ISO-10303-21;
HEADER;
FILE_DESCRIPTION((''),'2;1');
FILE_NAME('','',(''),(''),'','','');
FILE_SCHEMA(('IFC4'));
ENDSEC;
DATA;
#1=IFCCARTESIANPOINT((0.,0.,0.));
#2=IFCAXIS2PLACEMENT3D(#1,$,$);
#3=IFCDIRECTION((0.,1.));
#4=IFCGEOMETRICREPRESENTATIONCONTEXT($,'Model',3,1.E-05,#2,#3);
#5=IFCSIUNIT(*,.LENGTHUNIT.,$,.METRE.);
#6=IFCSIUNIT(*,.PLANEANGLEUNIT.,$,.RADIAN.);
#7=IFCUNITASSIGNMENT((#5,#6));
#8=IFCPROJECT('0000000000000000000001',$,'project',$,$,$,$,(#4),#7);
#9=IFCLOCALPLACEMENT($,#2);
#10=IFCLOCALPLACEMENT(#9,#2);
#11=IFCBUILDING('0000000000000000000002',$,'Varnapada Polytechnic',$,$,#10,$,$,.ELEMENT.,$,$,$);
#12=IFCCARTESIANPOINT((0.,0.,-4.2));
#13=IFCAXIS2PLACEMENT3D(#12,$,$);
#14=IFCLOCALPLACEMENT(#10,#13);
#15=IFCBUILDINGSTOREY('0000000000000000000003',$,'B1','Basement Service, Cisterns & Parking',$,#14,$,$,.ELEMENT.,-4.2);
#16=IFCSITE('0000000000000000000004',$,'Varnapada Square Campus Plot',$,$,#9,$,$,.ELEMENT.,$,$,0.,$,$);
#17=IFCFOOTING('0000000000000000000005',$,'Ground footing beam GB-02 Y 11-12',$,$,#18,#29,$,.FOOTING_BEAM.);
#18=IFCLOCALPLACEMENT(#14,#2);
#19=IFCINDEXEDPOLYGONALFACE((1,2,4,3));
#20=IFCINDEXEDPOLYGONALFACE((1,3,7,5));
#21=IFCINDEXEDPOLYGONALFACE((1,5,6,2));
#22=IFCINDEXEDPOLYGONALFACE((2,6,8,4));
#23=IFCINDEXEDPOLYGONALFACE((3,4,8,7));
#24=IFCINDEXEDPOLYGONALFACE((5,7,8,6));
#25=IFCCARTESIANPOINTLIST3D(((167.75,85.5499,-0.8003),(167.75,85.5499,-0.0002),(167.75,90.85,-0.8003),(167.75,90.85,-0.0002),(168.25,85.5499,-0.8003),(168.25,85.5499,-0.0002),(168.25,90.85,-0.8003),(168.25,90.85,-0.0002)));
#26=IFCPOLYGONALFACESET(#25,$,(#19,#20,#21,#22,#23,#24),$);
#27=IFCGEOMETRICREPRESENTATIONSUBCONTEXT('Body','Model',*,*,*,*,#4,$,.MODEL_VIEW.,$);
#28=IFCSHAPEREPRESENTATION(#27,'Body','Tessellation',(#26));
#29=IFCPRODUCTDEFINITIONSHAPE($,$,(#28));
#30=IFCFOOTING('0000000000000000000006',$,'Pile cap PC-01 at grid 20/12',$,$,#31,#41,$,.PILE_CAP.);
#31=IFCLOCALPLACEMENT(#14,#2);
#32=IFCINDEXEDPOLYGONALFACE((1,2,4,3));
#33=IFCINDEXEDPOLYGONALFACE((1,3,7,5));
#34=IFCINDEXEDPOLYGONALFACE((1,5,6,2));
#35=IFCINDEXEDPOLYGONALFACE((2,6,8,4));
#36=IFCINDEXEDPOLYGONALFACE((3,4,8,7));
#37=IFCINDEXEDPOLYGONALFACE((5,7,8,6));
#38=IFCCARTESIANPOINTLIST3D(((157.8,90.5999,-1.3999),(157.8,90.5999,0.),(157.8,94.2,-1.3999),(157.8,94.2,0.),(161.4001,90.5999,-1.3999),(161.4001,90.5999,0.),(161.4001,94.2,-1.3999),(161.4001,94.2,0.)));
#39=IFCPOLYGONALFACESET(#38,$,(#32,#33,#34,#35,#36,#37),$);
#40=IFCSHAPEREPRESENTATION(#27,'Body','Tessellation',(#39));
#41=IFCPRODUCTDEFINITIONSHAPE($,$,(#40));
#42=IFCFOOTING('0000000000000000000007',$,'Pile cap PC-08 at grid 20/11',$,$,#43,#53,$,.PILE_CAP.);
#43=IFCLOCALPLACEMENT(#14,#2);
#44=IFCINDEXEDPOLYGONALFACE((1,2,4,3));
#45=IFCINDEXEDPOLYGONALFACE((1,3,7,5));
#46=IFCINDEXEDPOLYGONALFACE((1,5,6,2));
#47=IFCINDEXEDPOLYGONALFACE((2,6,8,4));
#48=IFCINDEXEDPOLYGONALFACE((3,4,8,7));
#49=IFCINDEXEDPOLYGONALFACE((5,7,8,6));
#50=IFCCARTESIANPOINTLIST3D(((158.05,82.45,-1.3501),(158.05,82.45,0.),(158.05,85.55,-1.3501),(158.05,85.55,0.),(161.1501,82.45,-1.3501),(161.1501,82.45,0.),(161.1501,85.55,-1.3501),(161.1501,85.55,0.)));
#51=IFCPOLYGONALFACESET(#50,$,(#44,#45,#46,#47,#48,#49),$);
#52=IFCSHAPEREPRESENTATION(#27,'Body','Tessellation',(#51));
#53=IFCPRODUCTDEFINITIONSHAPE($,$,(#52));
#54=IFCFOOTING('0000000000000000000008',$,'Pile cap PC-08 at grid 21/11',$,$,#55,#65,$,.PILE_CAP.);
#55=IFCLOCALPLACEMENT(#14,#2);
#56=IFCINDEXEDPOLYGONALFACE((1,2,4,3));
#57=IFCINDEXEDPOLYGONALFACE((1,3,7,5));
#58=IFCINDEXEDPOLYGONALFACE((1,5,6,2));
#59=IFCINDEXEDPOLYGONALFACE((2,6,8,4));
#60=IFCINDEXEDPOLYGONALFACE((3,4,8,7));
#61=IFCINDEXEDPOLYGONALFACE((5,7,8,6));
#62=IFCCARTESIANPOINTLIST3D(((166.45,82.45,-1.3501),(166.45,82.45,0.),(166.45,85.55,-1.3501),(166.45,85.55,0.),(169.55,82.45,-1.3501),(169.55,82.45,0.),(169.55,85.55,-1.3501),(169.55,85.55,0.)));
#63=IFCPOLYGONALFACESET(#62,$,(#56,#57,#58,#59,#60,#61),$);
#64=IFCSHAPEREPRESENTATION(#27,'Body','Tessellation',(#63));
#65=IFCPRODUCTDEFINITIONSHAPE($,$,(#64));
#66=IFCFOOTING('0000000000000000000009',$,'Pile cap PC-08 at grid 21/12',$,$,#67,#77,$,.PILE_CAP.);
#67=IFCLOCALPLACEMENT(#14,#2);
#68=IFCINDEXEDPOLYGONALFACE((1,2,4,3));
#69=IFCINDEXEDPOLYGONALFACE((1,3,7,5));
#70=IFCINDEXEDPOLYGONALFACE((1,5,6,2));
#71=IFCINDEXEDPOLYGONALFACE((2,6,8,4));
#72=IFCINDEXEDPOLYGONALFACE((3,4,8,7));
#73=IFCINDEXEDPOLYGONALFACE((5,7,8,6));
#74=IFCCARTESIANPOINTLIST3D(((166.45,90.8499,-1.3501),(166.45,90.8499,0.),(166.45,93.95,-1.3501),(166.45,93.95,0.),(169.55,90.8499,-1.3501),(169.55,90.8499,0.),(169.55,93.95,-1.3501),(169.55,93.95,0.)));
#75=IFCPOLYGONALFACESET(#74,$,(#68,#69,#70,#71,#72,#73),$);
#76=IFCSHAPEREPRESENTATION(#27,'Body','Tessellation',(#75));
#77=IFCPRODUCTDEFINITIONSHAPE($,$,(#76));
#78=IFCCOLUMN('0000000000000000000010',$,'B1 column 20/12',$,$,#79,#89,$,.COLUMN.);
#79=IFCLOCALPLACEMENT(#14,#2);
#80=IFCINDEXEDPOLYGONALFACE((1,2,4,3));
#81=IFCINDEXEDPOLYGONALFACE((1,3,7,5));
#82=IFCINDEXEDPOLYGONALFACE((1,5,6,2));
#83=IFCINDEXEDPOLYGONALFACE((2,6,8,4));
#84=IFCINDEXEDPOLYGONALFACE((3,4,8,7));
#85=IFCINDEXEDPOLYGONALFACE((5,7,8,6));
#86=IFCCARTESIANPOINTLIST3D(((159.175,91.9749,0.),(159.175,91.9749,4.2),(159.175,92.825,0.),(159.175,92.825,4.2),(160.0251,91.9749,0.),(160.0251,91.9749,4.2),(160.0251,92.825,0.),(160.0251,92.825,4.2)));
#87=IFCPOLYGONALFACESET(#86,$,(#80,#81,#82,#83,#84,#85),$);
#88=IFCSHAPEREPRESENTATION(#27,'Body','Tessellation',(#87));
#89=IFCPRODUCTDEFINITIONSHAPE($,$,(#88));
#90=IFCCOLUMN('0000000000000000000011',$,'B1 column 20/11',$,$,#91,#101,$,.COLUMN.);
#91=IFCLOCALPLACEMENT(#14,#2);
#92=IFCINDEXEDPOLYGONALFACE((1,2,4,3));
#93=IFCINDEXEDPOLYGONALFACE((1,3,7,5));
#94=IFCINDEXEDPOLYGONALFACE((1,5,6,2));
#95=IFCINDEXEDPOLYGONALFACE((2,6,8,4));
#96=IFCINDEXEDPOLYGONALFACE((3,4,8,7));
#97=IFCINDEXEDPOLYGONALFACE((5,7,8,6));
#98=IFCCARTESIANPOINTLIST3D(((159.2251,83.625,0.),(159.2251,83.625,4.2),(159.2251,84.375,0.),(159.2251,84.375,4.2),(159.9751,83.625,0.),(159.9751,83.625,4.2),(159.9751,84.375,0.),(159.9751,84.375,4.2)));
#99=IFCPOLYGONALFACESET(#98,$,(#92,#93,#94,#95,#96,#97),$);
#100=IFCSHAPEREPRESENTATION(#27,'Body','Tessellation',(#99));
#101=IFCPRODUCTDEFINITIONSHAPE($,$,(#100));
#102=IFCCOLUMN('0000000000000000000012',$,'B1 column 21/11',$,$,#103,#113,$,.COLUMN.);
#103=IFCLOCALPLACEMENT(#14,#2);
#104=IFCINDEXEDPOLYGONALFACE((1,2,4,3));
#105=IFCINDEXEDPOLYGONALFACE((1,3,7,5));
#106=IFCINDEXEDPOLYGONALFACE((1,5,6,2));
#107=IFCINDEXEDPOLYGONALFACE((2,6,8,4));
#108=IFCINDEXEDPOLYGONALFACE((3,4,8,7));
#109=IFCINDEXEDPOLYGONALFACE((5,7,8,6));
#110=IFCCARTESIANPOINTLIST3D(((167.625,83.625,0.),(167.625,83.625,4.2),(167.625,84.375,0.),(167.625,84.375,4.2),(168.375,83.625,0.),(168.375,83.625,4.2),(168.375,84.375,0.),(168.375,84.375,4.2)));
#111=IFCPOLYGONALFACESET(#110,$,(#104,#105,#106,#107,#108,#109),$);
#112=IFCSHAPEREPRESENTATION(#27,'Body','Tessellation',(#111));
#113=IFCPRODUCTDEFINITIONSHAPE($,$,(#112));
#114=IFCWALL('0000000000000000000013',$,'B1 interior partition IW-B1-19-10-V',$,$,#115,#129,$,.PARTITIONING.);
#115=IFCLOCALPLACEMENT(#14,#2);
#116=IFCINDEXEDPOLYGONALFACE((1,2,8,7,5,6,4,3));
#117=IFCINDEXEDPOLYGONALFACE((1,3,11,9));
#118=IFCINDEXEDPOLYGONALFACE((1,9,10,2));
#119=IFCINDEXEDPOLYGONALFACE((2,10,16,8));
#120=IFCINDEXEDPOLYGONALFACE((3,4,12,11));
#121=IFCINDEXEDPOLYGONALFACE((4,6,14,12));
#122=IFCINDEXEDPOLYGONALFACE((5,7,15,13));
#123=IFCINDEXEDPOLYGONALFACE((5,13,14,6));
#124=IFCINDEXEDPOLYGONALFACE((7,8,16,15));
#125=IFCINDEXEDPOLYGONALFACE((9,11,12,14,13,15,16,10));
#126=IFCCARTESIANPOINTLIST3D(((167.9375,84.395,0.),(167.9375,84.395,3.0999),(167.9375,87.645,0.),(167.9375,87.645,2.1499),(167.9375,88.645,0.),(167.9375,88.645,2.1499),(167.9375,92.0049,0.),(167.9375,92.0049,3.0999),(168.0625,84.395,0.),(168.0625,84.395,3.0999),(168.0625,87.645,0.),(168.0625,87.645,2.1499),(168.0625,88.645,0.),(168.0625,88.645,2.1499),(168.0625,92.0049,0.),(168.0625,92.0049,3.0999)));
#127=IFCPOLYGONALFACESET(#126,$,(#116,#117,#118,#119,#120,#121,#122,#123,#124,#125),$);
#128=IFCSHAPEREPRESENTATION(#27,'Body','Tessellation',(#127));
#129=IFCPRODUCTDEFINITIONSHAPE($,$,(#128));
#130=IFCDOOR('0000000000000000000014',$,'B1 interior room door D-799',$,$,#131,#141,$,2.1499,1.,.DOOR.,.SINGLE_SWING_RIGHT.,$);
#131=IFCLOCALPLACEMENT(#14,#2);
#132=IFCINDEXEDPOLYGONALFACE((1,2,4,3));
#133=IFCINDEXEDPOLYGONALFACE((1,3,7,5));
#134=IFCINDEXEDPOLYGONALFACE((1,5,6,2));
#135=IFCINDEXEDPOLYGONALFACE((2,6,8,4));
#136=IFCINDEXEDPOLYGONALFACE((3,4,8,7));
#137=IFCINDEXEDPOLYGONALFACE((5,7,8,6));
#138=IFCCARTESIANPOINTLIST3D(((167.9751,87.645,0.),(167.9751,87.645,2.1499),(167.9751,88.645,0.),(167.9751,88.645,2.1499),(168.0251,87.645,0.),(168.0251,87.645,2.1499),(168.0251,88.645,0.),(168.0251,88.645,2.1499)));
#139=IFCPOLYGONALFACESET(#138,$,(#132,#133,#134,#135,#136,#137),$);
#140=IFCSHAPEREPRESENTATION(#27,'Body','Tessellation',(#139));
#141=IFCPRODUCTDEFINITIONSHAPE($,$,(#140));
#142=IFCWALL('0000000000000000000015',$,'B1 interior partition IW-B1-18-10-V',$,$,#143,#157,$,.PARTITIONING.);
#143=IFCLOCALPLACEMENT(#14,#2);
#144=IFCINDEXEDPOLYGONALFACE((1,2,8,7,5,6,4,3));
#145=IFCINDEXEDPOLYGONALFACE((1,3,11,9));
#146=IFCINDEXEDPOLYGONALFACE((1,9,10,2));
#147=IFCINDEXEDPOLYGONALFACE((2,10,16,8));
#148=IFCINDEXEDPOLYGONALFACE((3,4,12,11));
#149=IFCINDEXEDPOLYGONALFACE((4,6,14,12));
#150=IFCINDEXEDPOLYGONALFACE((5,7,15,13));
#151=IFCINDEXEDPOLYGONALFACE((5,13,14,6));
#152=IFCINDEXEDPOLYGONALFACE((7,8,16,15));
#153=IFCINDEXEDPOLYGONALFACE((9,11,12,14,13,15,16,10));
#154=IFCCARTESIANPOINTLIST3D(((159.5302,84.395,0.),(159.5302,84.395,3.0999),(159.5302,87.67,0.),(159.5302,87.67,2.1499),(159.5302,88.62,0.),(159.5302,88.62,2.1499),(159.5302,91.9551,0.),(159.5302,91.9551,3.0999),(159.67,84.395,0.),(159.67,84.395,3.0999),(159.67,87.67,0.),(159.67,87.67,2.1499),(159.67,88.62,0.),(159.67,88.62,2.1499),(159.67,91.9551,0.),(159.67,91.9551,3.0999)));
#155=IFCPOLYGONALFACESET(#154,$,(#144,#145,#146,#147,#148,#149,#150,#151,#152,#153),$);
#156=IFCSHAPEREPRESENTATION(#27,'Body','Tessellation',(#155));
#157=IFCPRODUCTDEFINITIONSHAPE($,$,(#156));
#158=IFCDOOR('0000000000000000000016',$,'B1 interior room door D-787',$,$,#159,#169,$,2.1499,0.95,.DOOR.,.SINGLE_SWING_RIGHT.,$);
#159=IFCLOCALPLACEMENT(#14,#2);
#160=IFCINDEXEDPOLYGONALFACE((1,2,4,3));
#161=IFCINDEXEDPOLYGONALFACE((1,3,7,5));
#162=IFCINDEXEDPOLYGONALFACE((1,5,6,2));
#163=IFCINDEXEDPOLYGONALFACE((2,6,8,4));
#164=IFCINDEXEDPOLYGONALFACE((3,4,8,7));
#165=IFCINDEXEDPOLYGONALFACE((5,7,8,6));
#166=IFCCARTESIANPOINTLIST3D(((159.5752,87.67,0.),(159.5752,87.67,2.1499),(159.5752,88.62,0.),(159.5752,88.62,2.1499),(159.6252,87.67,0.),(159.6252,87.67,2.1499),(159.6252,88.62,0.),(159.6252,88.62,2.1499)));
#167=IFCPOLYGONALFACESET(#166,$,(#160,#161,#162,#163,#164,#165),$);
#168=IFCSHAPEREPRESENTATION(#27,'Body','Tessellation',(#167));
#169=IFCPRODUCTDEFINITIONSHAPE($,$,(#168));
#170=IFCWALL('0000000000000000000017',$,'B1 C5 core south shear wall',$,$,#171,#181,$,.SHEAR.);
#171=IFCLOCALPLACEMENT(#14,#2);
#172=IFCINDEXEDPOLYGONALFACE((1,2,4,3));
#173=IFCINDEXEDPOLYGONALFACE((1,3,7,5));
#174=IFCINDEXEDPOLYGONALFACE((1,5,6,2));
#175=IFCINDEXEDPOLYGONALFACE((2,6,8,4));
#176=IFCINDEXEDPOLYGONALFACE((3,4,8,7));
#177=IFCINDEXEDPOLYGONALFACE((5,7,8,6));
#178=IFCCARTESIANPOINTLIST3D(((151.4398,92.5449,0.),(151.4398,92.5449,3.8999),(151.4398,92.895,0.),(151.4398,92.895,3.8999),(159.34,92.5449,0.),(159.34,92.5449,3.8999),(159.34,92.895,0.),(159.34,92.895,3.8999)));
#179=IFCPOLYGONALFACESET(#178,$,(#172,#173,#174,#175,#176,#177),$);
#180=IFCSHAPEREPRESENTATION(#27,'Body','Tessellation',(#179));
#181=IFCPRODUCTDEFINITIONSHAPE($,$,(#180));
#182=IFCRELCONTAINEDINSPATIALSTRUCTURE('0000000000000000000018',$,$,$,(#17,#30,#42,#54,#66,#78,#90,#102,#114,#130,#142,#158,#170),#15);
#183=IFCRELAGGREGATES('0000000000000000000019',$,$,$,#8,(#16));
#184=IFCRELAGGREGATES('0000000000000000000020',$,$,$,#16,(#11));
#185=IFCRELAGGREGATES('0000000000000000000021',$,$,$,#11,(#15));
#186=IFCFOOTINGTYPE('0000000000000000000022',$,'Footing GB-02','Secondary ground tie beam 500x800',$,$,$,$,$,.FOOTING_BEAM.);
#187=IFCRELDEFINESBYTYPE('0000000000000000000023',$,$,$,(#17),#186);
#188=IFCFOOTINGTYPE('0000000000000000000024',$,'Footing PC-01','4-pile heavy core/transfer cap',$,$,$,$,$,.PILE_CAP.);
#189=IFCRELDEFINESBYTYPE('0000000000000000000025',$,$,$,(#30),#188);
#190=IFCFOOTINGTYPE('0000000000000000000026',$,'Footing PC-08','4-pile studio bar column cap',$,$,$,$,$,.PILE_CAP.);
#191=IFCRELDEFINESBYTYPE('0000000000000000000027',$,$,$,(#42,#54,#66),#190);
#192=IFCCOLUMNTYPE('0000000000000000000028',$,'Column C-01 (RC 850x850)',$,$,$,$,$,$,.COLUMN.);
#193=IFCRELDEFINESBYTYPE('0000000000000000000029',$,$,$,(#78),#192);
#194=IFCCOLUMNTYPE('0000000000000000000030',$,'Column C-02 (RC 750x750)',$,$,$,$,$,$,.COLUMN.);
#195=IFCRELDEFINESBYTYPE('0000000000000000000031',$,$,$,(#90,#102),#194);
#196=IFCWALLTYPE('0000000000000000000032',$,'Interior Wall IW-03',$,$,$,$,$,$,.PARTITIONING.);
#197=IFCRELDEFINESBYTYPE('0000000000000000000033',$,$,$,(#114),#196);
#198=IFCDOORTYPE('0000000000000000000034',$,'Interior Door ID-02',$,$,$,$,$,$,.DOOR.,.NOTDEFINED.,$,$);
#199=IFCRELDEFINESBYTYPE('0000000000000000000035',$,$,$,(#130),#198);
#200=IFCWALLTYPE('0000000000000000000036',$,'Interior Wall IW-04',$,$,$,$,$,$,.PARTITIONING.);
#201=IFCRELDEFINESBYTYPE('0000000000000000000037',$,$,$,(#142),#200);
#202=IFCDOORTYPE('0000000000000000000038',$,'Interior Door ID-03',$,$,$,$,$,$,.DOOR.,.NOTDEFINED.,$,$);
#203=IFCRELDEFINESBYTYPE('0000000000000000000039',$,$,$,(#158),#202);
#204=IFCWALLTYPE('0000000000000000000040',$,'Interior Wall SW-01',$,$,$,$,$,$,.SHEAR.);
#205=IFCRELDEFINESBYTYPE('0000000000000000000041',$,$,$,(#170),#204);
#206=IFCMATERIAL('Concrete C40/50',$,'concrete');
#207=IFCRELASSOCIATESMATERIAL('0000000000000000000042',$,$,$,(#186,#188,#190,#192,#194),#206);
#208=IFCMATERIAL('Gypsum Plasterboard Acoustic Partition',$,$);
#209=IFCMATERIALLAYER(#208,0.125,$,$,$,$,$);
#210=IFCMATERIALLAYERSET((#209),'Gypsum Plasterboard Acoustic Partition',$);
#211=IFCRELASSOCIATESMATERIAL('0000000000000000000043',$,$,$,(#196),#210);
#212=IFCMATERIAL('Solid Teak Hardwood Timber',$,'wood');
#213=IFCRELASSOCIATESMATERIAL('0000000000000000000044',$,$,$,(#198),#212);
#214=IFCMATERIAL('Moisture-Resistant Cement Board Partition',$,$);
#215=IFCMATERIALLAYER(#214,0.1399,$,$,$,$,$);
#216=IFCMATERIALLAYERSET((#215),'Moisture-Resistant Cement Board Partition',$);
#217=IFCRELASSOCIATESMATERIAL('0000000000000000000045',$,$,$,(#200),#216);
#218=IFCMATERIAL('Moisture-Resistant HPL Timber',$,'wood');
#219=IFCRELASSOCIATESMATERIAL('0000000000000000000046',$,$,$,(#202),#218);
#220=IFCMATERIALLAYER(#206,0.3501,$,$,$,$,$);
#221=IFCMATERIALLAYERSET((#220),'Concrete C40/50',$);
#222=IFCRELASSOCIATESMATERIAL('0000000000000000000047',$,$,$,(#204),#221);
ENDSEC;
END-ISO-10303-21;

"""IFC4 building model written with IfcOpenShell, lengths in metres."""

from ifc_helpers import new_model, si_unit, direction, frame, frame_2d, origin, origin_2d, place, context, subcontext, project, spatial, rectangle, extrude, material, layer, layer_set, material_profile, profile_set, type_object, element, fill, save


model = new_model("IFC4")

# Units and contexts
model_context = context("Model", 3, precision=1e-05, world=origin(), true_north=direction((0.0, 1.0)))
body_context = subcontext(model_context, "Body", "Model", "MODEL_VIEW")
ifc_project = project(units=[si_unit("LENGTHUNIT", "METRE"), si_unit("PLANEANGLEUNIT", "RADIAN")], contexts=[model_context])

# Site, building, storey
site_placement = place(None, origin())
site = spatial("IfcSite", under=ifc_project, at=site_placement, Name="Varnapada Square Campus Plot", CompositionType="ELEMENT", RefElevation=0.0)
building_placement = place(site_placement, origin())
building = spatial("IfcBuilding", under=site, at=building_placement, Name="Varnapada Polytechnic", CompositionType="ELEMENT")
storey_placement = place(building_placement, frame((0.0, 0.0, -4.2)))
storey = spatial("IfcBuildingStorey", under=building, at=storey_placement, Name="B1", Description="Basement Service, Cisterns & Parking", CompositionType="ELEMENT", Elevation=-4.2)

# Shared definitions
ifc_material_1 = material(Name="Concrete C40/50", Category="concrete")

# Footings
footing_type_1 = type_object("IfcFootingType", Name="Footing GB-02", Description="Secondary ground tie beam 500x800", PredefinedType="FOOTING_BEAM", material=ifc_material_1)
for number, where, z_axis, x_axis, name in (
    (1, (168.0, 88.2, -0.8003), (0.0, 0.0, 1.0), (0.0, 1.0, 0.0), "Ground footing beam GB-02 Y 11-12"),
):
    element("IfcFooting", number, at=place(storey_placement, frame(where, z_axis=z_axis, x_axis=x_axis)), inside=storey, type_object=footing_type_1, Name=name, PredefinedType="FOOTING_BEAM", context=body_context, shape_type="SweptSolid", body=[
        extrude(rectangle(XDim=5.3, YDim=0.5, at=origin_2d()), origin(), (0.0, 0.0, 1.0), 0.8),
    ])
footing_type_2 = type_object("IfcFootingType", Name="Footing PC-01", Description="4-pile heavy core/transfer cap", PredefinedType="PILE_CAP", material=ifc_material_1)
footing_1_placement = place(storey_placement, frame((159.6001, 92.3999, -1.3999), z_axis=(0.0, 0.0, 1.0), x_axis=(1.0, 0.0, 0.0)))
element("IfcFooting", 2, at=footing_1_placement, inside=storey, type_object=footing_type_2, Name="Pile cap PC-01 at grid 20/12", PredefinedType="PILE_CAP", context=body_context, shape_type="SweptSolid", body=[
    extrude(rectangle(XDim=3.6001, YDim=3.6001, at=origin_2d()), origin(), (0.0, 0.0, 1.0), 1.3999),
])
footing_type_3 = type_object("IfcFootingType", Name="Footing PC-08", Description="4-pile studio bar column cap", PredefinedType="PILE_CAP", material=ifc_material_1)
for number, where, z_axis, x_axis, name in (
    (3, (159.6001, 84.0, -1.3501), (0.0, 0.0, 1.0), (1.0, 0.0, 0.0), "Pile cap PC-08 at grid 20/11"),
    (4, (168.0, 84.0, -1.3501), (0.0, 0.0, 1.0), (1.0, 0.0, 0.0), "Pile cap PC-08 at grid 21/11"),
    (5, (168.0, 92.3999, -1.3501), (0.0, 0.0, 1.0), (1.0, 0.0, 0.0), "Pile cap PC-08 at grid 21/12"),
):
    element("IfcFooting", number, at=place(storey_placement, frame(where, z_axis=z_axis, x_axis=x_axis)), inside=storey, type_object=footing_type_3, Name=name, PredefinedType="PILE_CAP", context=body_context, shape_type="SweptSolid", body=[
        extrude(rectangle(XDim=3.1001, YDim=3.1001, at=origin_2d()), origin(), (0.0, 0.0, 1.0), 1.3501),
    ])

# Columns
ifc_material_profile_1 = material_profile(ifc_material_1, rectangle(XDim=0.8501, YDim=0.8501, at=origin_2d()), Name="RC 850x850")
ifc_profile_set_1 = profile_set([ifc_material_profile_1], Name="Concrete C40/50")
column_type_1 = type_object("IfcColumnType", Name="Column C-01 (RC 850x850)", PredefinedType="COLUMN", material=ifc_profile_set_1)
column_placement = place(storey_placement, frame((159.6001, 92.3999, 0.0), z_axis=(0.0, 0.0, 1.0), x_axis=(1.0, 0.0, 0.0)))
element("IfcColumn", 6, at=column_placement, inside=storey, type_object=column_type_1, Name="B1 column 20/12", PredefinedType="COLUMN", context=body_context, shape_type="SweptSolid", body=[
    extrude(rectangle(XDim=0.8501, YDim=0.8501, at=origin_2d()), origin(), (0.0, 0.0, 1.0), 4.2),
])
ifc_material_profile_2 = material_profile(ifc_material_1, rectangle(XDim=0.75, YDim=0.75, at=origin_2d()), Name="RC 750x750")
ifc_profile_set_2 = profile_set([ifc_material_profile_2], Name="Concrete C40/50")
column_type_2 = type_object("IfcColumnType", Name="Column C-02 (RC 750x750)", PredefinedType="COLUMN", material=ifc_profile_set_2)
for number, where, z_axis, x_axis, name in (
    (7, (159.6001, 84.0, 0.0), (0.0, 0.0, 1.0), (1.0, 0.0, 0.0), "B1 column 20/11"),
    (8, (168.0, 84.0, 0.0), (0.0, 0.0, 1.0), (1.0, 0.0, 0.0), "B1 column 21/11"),
):
    element("IfcColumn", number, at=place(storey_placement, frame(where, z_axis=z_axis, x_axis=x_axis)), inside=storey, type_object=column_type_2, Name=name, PredefinedType="COLUMN", context=body_context, shape_type="SweptSolid", body=[
        extrude(rectangle(XDim=0.75, YDim=0.75, at=origin_2d()), origin(), (0.0, 0.0, 1.0), 4.2),
    ])

# Walls, openings, doors
ifc_material_2 = material(Name="Gypsum Plasterboard Acoustic Partition")
ifc_layer_1 = layer(ifc_material_2, 0.125)
ifc_layer_set_1 = layer_set([ifc_layer_1], Name="Gypsum Plasterboard Acoustic Partition")
wall_type_1 = type_object("IfcWallType", Name="Interior Wall IW-03", PredefinedType="PARTITIONING", material=ifc_layer_set_1)
wall_1_placement = place(storey_placement, frame((168.0, 84.395, 0.0), z_axis=(0.0, 0.0, 1.0), x_axis=(0.0, 1.0, 0.0)))
wall_1 = element("IfcWall", 9, at=wall_1_placement, inside=storey, type_object=wall_type_1, Name="B1 interior partition IW-B1-19-10-V", PredefinedType="PARTITIONING", context=body_context, shape_type="SweptSolid", body=[
    extrude(rectangle(XDim=7.6099, YDim=0.125, at=frame_2d((3.8049, 0.0))), origin(), (0.0, 0.0, 1.0), 3.0999),
])
opening_1_placement = place(wall_1_placement, frame((3.25, 0.0, 0.0)))
opening_1 = element("IfcOpeningElement", 10, at=opening_1_placement, cuts=wall_1, PredefinedType="OPENING", context=body_context, shape_type="SweptSolid", body=[
    extrude(rectangle(XDim=1.0, YDim=2.1499, at=frame_2d((0.5, 1.075))), frame((0.0, 0.0725, 0.0), z_axis=(0.0, -1.0, 0.0), x_axis=(1.0, 0.0, 0.0)), (0.0, 0.0, 1.0), 0.145),
])
ifc_material_3 = material(Name="Solid Teak Hardwood Timber", Category="wood")
door_type_1 = type_object("IfcDoorType", Name="Interior Door ID-02", OperationType="NOTDEFINED", PredefinedType="DOOR", material=ifc_material_3)
door_1_placement = place(opening_1_placement, origin())
door_1 = element("IfcDoor", 11, at=door_1_placement, inside=storey, type_object=door_type_1, Name="B1 interior room door D-799", OperationType="SINGLE_SWING_RIGHT", OverallHeight=2.1499, OverallWidth=1.0, PredefinedType="DOOR", context=body_context, shape_type="SweptSolid", body=[
    extrude(rectangle(XDim=1.0, YDim=2.1499, at=frame_2d((0.5, 1.075))), frame((0.0, 0.0249, 0.0), z_axis=(0.0, -1.0, 0.0), x_axis=(1.0, 0.0, 0.0)), (0.0, 0.0, 1.0), 0.05),
])
fill(opening_1, door_1)
ifc_material_4 = material(Name="Moisture-Resistant Cement Board Partition")
ifc_layer_2 = layer(ifc_material_4, 0.1399)
ifc_layer_set_2 = layer_set([ifc_layer_2], Name="Moisture-Resistant Cement Board Partition")
wall_type_2 = type_object("IfcWallType", Name="Interior Wall IW-04", PredefinedType="PARTITIONING", material=ifc_layer_set_2)
wall_2_placement = place(storey_placement, frame((159.6001, 84.395, 0.0), z_axis=(0.0, 0.0, 1.0), x_axis=(0.0, 1.0, 0.0)))
wall_2 = element("IfcWall", 12, at=wall_2_placement, inside=storey, type_object=wall_type_2, Name="B1 interior partition IW-B1-18-10-V", PredefinedType="PARTITIONING", context=body_context, shape_type="SweptSolid", body=[
    extrude(rectangle(XDim=7.5601, YDim=0.1399, at=frame_2d((3.78, 0.0))), origin(), (0.0, 0.0, 1.0), 3.0999),
])
opening_2_placement = place(wall_2_placement, frame((3.2749, 0.0, 0.0)))
opening_2 = element("IfcOpeningElement", 13, at=opening_2_placement, cuts=wall_2, PredefinedType="OPENING", context=body_context, shape_type="SweptSolid", body=[
    extrude(rectangle(XDim=0.95, YDim=2.1499, at=frame_2d((0.4751, 1.075))), frame((0.0, 0.0798, 0.0), z_axis=(0.0, -1.0, 0.0), x_axis=(1.0, 0.0, 0.0)), (0.0, 0.0, 1.0), 0.1599),
])
ifc_material_5 = material(Name="Moisture-Resistant HPL Timber", Category="wood")
door_type_2 = type_object("IfcDoorType", Name="Interior Door ID-03", OperationType="NOTDEFINED", PredefinedType="DOOR", material=ifc_material_5)
door_2_placement = place(opening_2_placement, origin())
door_2 = element("IfcDoor", 14, at=door_2_placement, inside=storey, type_object=door_type_2, Name="B1 interior room door D-787", OperationType="SINGLE_SWING_RIGHT", OverallHeight=2.1499, OverallWidth=0.95, PredefinedType="DOOR", context=body_context, shape_type="SweptSolid", body=[
    extrude(rectangle(XDim=0.95, YDim=2.1499, at=frame_2d((0.4751, 1.075))), frame((0.0, 0.0249, 0.0), z_axis=(0.0, -1.0, 0.0), x_axis=(1.0, 0.0, 0.0)), (0.0, 0.0, 1.0), 0.05),
])
fill(opening_2, door_2)

# Wall
ifc_layer_3 = layer(ifc_material_1, 0.3501)
ifc_layer_set_3 = layer_set([ifc_layer_3], Name="Concrete C40/50")
wall_type_3 = type_object("IfcWallType", Name="Interior Wall SW-01", PredefinedType="SHEAR", material=ifc_layer_set_3)
wall_3_placement = place(storey_placement, frame((159.3401, 92.72, 0.0), z_axis=(0.0, 0.0, 1.0), x_axis=(-1.0, 0.0, 0.0)))
element("IfcWall", 15, at=wall_3_placement, inside=storey, type_object=wall_type_3, Name="B1 C5 core south shear wall", PredefinedType="SHEAR", context=body_context, shape_type="SweptSolid", body=[
    extrude(rectangle(XDim=7.9001, YDim=0.3501, at=frame_2d((3.9502, 0.0))), origin(), (0.0, 0.0, 1.0), 3.8999),
])

save(model, "model.ifc")
